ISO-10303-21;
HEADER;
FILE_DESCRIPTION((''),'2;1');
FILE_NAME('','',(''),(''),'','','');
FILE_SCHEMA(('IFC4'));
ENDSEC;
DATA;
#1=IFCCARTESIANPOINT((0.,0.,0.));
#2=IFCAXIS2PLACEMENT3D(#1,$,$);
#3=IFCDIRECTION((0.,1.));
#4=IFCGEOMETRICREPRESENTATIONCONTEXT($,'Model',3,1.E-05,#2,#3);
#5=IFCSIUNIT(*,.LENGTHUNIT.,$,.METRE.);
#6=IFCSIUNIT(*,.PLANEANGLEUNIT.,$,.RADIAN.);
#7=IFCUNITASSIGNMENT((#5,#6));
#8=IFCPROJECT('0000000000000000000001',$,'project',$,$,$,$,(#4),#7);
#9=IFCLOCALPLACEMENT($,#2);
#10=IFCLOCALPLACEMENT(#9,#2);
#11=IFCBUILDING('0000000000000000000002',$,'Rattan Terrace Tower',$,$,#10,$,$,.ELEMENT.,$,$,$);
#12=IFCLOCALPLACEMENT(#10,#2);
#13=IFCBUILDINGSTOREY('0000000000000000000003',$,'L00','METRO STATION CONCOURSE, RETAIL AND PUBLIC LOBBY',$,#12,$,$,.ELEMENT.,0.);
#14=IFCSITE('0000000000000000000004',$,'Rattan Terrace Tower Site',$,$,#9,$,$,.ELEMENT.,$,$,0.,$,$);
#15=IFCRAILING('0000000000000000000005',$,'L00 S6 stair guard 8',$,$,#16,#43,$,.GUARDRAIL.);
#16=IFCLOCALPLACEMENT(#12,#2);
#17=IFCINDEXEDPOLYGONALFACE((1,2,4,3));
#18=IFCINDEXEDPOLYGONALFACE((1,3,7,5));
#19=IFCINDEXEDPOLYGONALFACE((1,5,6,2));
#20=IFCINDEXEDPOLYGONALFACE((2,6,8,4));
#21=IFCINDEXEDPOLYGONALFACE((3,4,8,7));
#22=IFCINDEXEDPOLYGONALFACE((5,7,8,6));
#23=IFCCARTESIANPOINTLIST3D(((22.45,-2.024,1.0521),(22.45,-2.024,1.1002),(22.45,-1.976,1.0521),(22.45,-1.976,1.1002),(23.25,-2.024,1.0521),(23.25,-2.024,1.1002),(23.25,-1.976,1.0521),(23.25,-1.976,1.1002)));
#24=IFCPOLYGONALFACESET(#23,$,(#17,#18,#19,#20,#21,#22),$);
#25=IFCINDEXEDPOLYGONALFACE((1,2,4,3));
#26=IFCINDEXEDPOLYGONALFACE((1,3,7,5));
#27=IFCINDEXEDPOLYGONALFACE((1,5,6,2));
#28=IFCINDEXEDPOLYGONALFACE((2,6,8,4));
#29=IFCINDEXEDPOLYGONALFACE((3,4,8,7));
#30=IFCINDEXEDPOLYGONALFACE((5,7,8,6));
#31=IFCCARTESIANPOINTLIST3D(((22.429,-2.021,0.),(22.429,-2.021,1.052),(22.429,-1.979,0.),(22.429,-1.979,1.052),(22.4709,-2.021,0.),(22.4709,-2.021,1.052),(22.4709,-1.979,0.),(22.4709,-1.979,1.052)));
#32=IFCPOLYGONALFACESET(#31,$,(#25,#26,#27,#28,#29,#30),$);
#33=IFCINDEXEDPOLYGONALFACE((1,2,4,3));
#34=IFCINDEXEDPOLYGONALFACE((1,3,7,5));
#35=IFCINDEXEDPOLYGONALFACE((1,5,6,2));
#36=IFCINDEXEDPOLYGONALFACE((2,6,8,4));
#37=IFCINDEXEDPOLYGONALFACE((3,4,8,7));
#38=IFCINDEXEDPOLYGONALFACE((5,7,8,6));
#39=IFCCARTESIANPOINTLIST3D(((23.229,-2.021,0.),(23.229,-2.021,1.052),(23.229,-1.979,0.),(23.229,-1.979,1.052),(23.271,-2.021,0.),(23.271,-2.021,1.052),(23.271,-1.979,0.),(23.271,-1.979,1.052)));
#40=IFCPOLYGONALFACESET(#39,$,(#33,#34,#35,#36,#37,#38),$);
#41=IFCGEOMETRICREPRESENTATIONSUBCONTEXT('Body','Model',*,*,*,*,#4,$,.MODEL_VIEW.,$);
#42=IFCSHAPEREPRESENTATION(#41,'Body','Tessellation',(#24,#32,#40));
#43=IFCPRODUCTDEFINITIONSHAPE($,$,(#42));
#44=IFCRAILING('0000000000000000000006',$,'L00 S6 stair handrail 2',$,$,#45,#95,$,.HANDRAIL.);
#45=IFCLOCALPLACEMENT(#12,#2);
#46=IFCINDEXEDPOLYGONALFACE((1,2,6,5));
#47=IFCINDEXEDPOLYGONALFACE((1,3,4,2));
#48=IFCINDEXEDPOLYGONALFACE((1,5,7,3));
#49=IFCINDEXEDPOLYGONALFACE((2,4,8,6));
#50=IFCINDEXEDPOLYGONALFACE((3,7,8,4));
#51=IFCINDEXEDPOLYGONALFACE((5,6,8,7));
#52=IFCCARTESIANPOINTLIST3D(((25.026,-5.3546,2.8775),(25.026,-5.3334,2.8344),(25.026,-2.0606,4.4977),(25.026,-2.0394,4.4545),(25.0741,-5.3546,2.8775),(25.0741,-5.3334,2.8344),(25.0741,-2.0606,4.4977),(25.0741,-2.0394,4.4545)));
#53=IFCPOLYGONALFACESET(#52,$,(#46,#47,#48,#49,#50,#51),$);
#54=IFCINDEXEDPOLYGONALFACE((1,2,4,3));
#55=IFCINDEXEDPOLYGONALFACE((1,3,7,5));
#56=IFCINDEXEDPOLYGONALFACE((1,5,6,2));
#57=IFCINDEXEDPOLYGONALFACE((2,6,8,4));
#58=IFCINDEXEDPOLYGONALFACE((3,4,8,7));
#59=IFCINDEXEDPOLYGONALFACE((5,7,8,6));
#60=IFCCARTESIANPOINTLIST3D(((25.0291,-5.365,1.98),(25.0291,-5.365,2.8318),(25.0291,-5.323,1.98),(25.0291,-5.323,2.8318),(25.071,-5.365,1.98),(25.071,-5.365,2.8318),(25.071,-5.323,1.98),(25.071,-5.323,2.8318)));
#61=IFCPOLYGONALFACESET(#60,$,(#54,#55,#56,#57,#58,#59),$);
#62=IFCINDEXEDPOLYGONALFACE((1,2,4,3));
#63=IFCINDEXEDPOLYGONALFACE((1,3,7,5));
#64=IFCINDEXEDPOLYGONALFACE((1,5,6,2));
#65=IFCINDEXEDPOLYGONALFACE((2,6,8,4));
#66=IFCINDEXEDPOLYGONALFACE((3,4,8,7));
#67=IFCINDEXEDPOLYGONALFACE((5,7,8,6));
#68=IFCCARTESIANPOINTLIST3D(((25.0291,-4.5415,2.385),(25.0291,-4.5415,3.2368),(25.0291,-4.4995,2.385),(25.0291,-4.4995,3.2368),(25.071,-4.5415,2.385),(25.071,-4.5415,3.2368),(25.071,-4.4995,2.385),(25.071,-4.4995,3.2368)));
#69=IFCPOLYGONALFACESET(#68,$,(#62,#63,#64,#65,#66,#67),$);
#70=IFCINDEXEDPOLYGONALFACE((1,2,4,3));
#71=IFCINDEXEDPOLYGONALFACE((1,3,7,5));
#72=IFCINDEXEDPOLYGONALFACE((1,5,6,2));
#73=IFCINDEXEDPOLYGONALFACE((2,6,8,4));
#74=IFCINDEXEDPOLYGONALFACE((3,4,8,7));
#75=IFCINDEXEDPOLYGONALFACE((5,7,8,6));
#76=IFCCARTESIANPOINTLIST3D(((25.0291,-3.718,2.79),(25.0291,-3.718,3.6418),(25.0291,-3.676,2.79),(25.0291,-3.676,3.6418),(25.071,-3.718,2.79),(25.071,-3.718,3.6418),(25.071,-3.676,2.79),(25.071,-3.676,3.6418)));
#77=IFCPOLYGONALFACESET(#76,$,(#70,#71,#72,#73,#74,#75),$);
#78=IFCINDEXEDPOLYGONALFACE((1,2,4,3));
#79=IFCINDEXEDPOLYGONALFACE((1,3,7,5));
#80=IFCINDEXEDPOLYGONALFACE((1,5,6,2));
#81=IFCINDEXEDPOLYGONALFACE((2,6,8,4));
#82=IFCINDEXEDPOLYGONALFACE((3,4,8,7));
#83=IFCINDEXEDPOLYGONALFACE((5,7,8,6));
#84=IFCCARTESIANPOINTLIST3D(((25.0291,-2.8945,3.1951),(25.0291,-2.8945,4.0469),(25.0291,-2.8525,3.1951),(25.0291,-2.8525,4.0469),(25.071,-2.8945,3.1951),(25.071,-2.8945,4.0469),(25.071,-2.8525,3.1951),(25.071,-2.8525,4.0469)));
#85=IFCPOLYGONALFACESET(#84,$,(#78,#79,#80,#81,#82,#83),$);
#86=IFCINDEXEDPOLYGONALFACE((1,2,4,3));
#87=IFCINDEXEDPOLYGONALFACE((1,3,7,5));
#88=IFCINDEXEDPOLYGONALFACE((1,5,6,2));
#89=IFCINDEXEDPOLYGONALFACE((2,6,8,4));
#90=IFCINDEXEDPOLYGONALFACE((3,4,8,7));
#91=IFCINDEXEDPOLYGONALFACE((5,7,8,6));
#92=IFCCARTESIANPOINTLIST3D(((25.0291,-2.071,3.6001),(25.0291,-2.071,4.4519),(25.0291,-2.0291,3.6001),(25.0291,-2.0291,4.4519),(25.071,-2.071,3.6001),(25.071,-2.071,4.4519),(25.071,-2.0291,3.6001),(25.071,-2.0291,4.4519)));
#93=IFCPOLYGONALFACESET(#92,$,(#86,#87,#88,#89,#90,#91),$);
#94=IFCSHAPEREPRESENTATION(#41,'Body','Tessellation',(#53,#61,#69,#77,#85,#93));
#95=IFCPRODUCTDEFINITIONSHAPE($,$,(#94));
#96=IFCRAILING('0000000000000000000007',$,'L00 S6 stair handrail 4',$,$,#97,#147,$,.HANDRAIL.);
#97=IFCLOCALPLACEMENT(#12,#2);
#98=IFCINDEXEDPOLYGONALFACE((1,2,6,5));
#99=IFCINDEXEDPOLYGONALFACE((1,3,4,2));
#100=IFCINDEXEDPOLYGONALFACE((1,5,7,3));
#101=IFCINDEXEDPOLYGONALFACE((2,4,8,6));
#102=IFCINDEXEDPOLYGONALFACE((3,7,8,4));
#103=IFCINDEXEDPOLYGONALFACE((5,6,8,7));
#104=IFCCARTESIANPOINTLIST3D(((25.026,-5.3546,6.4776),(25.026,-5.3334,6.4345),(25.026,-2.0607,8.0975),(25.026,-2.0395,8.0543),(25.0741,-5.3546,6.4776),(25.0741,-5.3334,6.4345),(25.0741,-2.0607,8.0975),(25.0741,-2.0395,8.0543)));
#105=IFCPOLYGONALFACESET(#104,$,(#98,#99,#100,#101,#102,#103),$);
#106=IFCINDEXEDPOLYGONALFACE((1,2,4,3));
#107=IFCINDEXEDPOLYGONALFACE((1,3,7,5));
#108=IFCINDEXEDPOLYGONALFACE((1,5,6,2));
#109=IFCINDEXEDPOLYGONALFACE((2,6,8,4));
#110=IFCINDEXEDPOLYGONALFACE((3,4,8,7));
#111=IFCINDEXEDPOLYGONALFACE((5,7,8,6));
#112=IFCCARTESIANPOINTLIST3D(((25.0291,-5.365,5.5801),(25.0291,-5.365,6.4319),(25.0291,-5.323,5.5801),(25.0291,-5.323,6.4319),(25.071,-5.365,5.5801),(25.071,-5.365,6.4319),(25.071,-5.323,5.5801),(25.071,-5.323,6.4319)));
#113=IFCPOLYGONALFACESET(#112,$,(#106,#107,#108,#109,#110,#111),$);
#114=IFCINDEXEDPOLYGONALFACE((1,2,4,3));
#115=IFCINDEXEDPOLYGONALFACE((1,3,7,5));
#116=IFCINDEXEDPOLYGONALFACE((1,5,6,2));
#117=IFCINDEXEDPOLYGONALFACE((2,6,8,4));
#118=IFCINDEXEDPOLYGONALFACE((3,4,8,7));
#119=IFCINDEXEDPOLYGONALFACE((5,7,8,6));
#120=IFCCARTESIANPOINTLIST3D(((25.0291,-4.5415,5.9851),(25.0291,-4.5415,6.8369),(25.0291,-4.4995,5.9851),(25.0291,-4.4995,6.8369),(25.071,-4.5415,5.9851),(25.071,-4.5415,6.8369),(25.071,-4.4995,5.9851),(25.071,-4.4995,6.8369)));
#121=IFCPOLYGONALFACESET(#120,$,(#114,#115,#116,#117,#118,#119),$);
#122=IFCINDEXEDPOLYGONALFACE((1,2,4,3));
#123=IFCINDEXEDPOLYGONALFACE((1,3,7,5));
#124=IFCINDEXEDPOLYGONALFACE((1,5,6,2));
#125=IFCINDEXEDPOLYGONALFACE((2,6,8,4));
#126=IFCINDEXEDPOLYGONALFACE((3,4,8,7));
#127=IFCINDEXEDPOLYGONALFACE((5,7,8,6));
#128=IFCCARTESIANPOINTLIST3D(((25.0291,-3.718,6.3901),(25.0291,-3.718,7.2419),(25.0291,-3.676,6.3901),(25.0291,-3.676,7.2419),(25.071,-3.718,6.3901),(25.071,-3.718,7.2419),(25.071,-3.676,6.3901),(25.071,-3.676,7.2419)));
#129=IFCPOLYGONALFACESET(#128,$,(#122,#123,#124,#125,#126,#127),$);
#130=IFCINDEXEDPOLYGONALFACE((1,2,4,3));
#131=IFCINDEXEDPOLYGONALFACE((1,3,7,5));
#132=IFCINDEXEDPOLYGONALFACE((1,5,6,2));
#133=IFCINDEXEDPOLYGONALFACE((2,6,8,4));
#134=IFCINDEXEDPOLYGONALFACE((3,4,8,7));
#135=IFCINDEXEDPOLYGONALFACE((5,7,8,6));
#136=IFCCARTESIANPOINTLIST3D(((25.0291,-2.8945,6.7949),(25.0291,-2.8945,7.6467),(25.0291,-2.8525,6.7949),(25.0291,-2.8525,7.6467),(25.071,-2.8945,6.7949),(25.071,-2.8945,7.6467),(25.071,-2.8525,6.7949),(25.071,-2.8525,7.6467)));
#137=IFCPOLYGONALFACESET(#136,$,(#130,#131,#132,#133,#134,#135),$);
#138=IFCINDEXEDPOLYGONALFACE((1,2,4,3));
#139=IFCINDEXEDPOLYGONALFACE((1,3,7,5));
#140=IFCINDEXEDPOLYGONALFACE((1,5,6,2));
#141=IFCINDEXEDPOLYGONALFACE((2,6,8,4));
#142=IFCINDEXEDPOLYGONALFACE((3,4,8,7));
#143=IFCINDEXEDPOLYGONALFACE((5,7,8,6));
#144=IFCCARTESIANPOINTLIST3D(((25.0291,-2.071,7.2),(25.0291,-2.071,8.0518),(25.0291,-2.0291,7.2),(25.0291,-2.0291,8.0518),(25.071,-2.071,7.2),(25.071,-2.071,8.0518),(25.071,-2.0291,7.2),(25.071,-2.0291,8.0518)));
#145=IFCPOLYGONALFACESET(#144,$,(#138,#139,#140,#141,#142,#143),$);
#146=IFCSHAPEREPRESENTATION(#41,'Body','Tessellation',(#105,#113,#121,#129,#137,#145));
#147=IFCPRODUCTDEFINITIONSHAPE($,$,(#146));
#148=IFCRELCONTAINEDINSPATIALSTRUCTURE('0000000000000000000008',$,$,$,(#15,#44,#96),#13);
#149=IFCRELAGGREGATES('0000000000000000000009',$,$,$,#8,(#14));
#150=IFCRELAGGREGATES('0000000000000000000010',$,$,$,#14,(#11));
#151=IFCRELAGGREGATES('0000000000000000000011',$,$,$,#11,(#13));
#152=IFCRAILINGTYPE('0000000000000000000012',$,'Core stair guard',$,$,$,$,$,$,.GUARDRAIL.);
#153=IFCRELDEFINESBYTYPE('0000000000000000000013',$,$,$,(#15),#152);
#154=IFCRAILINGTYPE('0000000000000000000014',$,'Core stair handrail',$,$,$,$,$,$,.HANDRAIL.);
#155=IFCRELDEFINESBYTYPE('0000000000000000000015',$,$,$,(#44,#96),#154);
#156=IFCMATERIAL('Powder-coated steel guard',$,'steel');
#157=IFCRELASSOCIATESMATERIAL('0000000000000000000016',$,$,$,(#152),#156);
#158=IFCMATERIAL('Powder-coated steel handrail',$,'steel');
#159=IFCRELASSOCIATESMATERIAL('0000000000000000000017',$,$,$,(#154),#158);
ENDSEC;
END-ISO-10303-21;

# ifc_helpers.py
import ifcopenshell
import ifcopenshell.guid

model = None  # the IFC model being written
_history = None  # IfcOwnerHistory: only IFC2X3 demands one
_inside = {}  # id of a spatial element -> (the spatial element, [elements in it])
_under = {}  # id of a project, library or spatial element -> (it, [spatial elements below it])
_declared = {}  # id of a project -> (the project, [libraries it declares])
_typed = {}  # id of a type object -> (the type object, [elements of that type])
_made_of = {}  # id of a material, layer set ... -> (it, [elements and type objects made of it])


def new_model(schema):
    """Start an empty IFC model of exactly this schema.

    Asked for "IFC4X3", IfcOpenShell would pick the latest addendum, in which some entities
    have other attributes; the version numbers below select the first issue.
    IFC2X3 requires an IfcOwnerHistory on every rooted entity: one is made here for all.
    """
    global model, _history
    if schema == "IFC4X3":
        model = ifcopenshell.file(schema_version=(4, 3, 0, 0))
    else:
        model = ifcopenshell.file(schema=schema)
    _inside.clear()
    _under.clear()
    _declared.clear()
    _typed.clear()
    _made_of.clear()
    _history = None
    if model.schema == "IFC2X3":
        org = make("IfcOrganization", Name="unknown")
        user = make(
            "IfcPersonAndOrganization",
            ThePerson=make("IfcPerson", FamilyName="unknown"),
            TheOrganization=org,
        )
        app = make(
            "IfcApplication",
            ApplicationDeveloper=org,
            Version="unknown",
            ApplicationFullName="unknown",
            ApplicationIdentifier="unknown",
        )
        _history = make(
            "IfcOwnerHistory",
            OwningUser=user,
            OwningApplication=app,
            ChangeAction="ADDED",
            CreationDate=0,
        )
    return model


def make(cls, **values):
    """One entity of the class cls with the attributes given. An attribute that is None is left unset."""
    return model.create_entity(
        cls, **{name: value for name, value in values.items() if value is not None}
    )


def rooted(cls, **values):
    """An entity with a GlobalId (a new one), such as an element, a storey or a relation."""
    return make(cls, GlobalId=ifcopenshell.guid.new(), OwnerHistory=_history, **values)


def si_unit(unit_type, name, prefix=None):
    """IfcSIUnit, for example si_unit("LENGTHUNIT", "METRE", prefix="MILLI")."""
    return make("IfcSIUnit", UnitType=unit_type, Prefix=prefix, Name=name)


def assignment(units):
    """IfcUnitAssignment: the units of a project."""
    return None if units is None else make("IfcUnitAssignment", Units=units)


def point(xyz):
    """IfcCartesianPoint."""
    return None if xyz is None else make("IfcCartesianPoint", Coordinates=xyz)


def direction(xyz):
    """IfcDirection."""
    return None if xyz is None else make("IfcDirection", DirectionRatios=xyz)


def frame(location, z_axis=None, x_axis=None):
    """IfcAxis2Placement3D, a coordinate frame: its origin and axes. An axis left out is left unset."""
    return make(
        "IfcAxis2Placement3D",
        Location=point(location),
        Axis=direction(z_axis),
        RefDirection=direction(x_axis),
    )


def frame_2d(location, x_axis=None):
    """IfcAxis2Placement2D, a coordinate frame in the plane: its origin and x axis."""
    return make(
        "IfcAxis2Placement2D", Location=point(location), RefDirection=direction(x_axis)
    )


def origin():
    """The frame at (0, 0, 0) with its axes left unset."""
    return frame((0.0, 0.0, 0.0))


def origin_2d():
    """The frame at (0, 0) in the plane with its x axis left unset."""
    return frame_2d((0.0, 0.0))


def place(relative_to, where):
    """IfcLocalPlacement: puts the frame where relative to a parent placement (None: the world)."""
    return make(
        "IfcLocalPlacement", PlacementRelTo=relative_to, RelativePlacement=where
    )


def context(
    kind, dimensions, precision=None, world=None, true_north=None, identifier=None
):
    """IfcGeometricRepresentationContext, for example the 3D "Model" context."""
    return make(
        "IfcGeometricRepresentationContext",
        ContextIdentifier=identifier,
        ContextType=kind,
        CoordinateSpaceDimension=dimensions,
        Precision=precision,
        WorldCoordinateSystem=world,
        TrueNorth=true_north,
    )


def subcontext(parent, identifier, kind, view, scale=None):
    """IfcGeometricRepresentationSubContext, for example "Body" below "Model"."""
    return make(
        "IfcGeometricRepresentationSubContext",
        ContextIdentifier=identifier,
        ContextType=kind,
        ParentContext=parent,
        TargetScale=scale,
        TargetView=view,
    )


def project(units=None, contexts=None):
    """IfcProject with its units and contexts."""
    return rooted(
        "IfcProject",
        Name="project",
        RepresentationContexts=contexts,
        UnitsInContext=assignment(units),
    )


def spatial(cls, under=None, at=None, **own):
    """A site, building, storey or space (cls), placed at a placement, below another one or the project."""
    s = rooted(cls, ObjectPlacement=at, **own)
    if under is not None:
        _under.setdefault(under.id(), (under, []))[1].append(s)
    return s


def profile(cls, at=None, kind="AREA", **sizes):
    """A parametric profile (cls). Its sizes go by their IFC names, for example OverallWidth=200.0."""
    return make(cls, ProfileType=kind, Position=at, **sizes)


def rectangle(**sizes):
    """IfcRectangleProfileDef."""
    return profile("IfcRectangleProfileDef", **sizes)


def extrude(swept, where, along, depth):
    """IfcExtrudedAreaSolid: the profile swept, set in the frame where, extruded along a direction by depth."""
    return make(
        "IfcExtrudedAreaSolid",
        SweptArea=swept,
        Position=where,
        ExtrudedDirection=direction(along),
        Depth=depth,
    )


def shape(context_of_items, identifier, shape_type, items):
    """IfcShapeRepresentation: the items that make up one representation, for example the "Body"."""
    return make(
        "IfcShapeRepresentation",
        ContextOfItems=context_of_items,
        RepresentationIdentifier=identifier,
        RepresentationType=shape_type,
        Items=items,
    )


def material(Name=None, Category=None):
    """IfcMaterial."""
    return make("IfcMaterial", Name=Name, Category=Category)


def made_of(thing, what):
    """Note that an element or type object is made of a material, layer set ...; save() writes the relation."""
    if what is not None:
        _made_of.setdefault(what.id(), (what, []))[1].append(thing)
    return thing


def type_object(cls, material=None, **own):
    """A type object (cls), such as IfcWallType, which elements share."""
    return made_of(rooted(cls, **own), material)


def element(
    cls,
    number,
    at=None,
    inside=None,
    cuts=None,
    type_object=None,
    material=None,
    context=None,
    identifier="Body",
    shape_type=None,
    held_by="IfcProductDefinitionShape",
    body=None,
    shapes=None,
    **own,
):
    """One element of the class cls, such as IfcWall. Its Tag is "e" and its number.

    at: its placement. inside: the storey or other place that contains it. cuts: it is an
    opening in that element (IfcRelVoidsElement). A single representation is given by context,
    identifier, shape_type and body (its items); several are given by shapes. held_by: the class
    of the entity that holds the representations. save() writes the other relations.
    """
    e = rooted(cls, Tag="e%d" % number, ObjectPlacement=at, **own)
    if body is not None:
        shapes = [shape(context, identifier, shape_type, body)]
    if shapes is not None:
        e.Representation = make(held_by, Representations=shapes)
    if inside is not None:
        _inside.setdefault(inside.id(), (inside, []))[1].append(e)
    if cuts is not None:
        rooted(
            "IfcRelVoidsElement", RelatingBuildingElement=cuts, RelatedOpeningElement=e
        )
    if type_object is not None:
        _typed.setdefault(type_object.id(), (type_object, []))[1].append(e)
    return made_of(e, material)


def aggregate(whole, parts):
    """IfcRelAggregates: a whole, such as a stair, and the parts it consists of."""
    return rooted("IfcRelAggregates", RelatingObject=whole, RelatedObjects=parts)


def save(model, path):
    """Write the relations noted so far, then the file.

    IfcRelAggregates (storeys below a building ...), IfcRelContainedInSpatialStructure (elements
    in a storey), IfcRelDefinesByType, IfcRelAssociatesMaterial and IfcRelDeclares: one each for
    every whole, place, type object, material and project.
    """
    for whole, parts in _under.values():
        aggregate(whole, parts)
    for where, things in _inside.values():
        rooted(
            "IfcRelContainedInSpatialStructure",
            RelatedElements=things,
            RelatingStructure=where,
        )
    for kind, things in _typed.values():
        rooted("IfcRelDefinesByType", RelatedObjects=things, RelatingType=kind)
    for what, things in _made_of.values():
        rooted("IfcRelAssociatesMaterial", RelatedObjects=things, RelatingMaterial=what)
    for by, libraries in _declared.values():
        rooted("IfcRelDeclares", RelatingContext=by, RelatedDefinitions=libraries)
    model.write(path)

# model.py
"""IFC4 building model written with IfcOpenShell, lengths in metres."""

from ifc_helpers import new_model, si_unit, direction, frame, origin, origin_2d, place, context, subcontext, project, spatial, rectangle, extrude, material, type_object, element, save


model = new_model("IFC4")

# Units and contexts
model_context = context("Model", 3, precision=1e-05, world=origin(), true_north=direction((0.0, 1.0)))
body_context = subcontext(model_context, "Body", "Model", "MODEL_VIEW")
ifc_project = project(units=[si_unit("LENGTHUNIT", "METRE"), si_unit("PLANEANGLEUNIT", "RADIAN")], contexts=[model_context])

# Site, building, storey
site_placement = place(None, origin())
site = spatial("IfcSite", under=ifc_project, at=site_placement, Name="Rattan Terrace Tower Site", CompositionType="ELEMENT", RefElevation=0.0)
building_placement = place(site_placement, origin())
building = spatial("IfcBuilding", under=site, at=building_placement, Name="Rattan Terrace Tower", CompositionType="ELEMENT")
storey_placement = place(building_placement, origin())
storey = spatial("IfcBuildingStorey", under=building, at=storey_placement, Name="L00", Description="METRO STATION CONCOURSE, RETAIL AND PUBLIC LOBBY", CompositionType="ELEMENT", Elevation=0.0)

# Railings
ifc_material_1 = material(Name="Powder-coated steel guard", Category="steel")
railing_type_1 = type_object("IfcRailingType", Name="Core stair guard", PredefinedType="GUARDRAIL", material=ifc_material_1)
railing_1_placement = place(storey_placement, frame((22.45, -2.0, 0.0)))
element("IfcRailing", 1, at=railing_1_placement, inside=storey, type_object=railing_type_1, Name="L00 S6 stair guard 8", PredefinedType="GUARDRAIL", context=body_context, shape_type="SweptSolid", body=[
    extrude(rectangle(XDim=0.0481, YDim=0.0481, at=origin_2d()), frame((0.0, 0.0, 1.0762), z_axis=(1.0, 0.0, 0.0), x_axis=(0.0, 1.0, 0.0)), (0.0, 0.0, 1.0), 0.8),
    extrude(rectangle(XDim=0.042, YDim=0.042, at=origin_2d()), origin(), (0.0, 0.0, 1.0), 1.052),
    extrude(rectangle(XDim=0.042, YDim=0.042, at=origin_2d()), frame((0.8, 0.0, 0.0)), (0.0, 0.0, 1.0), 1.052),
])
ifc_material_2 = material(Name="Powder-coated steel handrail", Category="steel")
railing_type_2 = type_object("IfcRailingType", Name="Core stair handrail", PredefinedType="HANDRAIL", material=ifc_material_2)
railing_2_placement = place(storey_placement, frame((25.05, -5.344, 1.98)))
element("IfcRailing", 2, at=railing_2_placement, inside=storey, type_object=railing_type_2, Name="L00 S6 stair handrail 2", PredefinedType="HANDRAIL", context=body_context, shape_type="SweptSolid", body=[
    extrude(rectangle(XDim=0.0481, YDim=0.0481, at=origin_2d()), frame((0.0, 0.0, 0.876), z_axis=(0.0, 0.897334, 0.441351), x_axis=(-1.0, 0.0, 0.0)), (0.0, 0.0, 1.0), 3.6709),
    extrude(rectangle(XDim=0.042, YDim=0.042, at=origin_2d()), origin(), (0.0, 0.0, 1.0), 0.8518),
    extrude(rectangle(XDim=0.042, YDim=0.042, at=origin_2d()), frame((0.0, 0.8235, 0.405)), (0.0, 0.0, 1.0), 0.8518),
    extrude(rectangle(XDim=0.042, YDim=0.042, at=origin_2d()), frame((0.0, 1.647, 0.8101)), (0.0, 0.0, 1.0), 0.8518),
    extrude(rectangle(XDim=0.042, YDim=0.042, at=origin_2d()), frame((0.0, 2.4705, 1.2151)), (0.0, 0.0, 1.0), 0.8518),
    extrude(rectangle(XDim=0.042, YDim=0.042, at=origin_2d()), frame((0.0, 3.2939, 1.6201)), (0.0, 0.0, 1.0), 0.8518),
])
railing_3_placement = place(storey_placement, frame((25.05, -5.344, 5.5801)))
element("IfcRailing", 3, at=railing_3_placement, inside=storey, type_object=railing_type_2, Name="L00 S6 stair handrail 4", PredefinedType="HANDRAIL", context=body_context, shape_type="SweptSolid", body=[
    extrude(rectangle(XDim=0.0481, YDim=0.0481, at=origin_2d()), frame((0.0, 0.0, 0.876), z_axis=(0.0, 0.897361, 0.441298), x_axis=(-1.0, 0.0, 0.0)), (0.0, 0.0, 1.0), 3.6707),
    extrude(rectangle(XDim=0.042, YDim=0.042, at=origin_2d()), origin(), (0.0, 0.0, 1.0), 0.8518),
    extrude(rectangle(XDim=0.042, YDim=0.042, at=origin_2d()), frame((0.0, 0.8235, 0.405)), (0.0, 0.0, 1.0), 0.8518),
    extrude(rectangle(XDim=0.042, YDim=0.042, at=origin_2d()), frame((0.0, 1.647, 0.8101)), (0.0, 0.0, 1.0), 0.8518),
    extrude(rectangle(XDim=0.042, YDim=0.042, at=origin_2d()), frame((0.0, 2.4705, 1.2148)), (0.0, 0.0, 1.0), 0.8518),
    extrude(rectangle(XDim=0.042, YDim=0.042, at=origin_2d()), frame((0.0, 3.2939, 1.6199)), (0.0, 0.0, 1.0), 0.8518),
])

save(model, "model.ifc")
